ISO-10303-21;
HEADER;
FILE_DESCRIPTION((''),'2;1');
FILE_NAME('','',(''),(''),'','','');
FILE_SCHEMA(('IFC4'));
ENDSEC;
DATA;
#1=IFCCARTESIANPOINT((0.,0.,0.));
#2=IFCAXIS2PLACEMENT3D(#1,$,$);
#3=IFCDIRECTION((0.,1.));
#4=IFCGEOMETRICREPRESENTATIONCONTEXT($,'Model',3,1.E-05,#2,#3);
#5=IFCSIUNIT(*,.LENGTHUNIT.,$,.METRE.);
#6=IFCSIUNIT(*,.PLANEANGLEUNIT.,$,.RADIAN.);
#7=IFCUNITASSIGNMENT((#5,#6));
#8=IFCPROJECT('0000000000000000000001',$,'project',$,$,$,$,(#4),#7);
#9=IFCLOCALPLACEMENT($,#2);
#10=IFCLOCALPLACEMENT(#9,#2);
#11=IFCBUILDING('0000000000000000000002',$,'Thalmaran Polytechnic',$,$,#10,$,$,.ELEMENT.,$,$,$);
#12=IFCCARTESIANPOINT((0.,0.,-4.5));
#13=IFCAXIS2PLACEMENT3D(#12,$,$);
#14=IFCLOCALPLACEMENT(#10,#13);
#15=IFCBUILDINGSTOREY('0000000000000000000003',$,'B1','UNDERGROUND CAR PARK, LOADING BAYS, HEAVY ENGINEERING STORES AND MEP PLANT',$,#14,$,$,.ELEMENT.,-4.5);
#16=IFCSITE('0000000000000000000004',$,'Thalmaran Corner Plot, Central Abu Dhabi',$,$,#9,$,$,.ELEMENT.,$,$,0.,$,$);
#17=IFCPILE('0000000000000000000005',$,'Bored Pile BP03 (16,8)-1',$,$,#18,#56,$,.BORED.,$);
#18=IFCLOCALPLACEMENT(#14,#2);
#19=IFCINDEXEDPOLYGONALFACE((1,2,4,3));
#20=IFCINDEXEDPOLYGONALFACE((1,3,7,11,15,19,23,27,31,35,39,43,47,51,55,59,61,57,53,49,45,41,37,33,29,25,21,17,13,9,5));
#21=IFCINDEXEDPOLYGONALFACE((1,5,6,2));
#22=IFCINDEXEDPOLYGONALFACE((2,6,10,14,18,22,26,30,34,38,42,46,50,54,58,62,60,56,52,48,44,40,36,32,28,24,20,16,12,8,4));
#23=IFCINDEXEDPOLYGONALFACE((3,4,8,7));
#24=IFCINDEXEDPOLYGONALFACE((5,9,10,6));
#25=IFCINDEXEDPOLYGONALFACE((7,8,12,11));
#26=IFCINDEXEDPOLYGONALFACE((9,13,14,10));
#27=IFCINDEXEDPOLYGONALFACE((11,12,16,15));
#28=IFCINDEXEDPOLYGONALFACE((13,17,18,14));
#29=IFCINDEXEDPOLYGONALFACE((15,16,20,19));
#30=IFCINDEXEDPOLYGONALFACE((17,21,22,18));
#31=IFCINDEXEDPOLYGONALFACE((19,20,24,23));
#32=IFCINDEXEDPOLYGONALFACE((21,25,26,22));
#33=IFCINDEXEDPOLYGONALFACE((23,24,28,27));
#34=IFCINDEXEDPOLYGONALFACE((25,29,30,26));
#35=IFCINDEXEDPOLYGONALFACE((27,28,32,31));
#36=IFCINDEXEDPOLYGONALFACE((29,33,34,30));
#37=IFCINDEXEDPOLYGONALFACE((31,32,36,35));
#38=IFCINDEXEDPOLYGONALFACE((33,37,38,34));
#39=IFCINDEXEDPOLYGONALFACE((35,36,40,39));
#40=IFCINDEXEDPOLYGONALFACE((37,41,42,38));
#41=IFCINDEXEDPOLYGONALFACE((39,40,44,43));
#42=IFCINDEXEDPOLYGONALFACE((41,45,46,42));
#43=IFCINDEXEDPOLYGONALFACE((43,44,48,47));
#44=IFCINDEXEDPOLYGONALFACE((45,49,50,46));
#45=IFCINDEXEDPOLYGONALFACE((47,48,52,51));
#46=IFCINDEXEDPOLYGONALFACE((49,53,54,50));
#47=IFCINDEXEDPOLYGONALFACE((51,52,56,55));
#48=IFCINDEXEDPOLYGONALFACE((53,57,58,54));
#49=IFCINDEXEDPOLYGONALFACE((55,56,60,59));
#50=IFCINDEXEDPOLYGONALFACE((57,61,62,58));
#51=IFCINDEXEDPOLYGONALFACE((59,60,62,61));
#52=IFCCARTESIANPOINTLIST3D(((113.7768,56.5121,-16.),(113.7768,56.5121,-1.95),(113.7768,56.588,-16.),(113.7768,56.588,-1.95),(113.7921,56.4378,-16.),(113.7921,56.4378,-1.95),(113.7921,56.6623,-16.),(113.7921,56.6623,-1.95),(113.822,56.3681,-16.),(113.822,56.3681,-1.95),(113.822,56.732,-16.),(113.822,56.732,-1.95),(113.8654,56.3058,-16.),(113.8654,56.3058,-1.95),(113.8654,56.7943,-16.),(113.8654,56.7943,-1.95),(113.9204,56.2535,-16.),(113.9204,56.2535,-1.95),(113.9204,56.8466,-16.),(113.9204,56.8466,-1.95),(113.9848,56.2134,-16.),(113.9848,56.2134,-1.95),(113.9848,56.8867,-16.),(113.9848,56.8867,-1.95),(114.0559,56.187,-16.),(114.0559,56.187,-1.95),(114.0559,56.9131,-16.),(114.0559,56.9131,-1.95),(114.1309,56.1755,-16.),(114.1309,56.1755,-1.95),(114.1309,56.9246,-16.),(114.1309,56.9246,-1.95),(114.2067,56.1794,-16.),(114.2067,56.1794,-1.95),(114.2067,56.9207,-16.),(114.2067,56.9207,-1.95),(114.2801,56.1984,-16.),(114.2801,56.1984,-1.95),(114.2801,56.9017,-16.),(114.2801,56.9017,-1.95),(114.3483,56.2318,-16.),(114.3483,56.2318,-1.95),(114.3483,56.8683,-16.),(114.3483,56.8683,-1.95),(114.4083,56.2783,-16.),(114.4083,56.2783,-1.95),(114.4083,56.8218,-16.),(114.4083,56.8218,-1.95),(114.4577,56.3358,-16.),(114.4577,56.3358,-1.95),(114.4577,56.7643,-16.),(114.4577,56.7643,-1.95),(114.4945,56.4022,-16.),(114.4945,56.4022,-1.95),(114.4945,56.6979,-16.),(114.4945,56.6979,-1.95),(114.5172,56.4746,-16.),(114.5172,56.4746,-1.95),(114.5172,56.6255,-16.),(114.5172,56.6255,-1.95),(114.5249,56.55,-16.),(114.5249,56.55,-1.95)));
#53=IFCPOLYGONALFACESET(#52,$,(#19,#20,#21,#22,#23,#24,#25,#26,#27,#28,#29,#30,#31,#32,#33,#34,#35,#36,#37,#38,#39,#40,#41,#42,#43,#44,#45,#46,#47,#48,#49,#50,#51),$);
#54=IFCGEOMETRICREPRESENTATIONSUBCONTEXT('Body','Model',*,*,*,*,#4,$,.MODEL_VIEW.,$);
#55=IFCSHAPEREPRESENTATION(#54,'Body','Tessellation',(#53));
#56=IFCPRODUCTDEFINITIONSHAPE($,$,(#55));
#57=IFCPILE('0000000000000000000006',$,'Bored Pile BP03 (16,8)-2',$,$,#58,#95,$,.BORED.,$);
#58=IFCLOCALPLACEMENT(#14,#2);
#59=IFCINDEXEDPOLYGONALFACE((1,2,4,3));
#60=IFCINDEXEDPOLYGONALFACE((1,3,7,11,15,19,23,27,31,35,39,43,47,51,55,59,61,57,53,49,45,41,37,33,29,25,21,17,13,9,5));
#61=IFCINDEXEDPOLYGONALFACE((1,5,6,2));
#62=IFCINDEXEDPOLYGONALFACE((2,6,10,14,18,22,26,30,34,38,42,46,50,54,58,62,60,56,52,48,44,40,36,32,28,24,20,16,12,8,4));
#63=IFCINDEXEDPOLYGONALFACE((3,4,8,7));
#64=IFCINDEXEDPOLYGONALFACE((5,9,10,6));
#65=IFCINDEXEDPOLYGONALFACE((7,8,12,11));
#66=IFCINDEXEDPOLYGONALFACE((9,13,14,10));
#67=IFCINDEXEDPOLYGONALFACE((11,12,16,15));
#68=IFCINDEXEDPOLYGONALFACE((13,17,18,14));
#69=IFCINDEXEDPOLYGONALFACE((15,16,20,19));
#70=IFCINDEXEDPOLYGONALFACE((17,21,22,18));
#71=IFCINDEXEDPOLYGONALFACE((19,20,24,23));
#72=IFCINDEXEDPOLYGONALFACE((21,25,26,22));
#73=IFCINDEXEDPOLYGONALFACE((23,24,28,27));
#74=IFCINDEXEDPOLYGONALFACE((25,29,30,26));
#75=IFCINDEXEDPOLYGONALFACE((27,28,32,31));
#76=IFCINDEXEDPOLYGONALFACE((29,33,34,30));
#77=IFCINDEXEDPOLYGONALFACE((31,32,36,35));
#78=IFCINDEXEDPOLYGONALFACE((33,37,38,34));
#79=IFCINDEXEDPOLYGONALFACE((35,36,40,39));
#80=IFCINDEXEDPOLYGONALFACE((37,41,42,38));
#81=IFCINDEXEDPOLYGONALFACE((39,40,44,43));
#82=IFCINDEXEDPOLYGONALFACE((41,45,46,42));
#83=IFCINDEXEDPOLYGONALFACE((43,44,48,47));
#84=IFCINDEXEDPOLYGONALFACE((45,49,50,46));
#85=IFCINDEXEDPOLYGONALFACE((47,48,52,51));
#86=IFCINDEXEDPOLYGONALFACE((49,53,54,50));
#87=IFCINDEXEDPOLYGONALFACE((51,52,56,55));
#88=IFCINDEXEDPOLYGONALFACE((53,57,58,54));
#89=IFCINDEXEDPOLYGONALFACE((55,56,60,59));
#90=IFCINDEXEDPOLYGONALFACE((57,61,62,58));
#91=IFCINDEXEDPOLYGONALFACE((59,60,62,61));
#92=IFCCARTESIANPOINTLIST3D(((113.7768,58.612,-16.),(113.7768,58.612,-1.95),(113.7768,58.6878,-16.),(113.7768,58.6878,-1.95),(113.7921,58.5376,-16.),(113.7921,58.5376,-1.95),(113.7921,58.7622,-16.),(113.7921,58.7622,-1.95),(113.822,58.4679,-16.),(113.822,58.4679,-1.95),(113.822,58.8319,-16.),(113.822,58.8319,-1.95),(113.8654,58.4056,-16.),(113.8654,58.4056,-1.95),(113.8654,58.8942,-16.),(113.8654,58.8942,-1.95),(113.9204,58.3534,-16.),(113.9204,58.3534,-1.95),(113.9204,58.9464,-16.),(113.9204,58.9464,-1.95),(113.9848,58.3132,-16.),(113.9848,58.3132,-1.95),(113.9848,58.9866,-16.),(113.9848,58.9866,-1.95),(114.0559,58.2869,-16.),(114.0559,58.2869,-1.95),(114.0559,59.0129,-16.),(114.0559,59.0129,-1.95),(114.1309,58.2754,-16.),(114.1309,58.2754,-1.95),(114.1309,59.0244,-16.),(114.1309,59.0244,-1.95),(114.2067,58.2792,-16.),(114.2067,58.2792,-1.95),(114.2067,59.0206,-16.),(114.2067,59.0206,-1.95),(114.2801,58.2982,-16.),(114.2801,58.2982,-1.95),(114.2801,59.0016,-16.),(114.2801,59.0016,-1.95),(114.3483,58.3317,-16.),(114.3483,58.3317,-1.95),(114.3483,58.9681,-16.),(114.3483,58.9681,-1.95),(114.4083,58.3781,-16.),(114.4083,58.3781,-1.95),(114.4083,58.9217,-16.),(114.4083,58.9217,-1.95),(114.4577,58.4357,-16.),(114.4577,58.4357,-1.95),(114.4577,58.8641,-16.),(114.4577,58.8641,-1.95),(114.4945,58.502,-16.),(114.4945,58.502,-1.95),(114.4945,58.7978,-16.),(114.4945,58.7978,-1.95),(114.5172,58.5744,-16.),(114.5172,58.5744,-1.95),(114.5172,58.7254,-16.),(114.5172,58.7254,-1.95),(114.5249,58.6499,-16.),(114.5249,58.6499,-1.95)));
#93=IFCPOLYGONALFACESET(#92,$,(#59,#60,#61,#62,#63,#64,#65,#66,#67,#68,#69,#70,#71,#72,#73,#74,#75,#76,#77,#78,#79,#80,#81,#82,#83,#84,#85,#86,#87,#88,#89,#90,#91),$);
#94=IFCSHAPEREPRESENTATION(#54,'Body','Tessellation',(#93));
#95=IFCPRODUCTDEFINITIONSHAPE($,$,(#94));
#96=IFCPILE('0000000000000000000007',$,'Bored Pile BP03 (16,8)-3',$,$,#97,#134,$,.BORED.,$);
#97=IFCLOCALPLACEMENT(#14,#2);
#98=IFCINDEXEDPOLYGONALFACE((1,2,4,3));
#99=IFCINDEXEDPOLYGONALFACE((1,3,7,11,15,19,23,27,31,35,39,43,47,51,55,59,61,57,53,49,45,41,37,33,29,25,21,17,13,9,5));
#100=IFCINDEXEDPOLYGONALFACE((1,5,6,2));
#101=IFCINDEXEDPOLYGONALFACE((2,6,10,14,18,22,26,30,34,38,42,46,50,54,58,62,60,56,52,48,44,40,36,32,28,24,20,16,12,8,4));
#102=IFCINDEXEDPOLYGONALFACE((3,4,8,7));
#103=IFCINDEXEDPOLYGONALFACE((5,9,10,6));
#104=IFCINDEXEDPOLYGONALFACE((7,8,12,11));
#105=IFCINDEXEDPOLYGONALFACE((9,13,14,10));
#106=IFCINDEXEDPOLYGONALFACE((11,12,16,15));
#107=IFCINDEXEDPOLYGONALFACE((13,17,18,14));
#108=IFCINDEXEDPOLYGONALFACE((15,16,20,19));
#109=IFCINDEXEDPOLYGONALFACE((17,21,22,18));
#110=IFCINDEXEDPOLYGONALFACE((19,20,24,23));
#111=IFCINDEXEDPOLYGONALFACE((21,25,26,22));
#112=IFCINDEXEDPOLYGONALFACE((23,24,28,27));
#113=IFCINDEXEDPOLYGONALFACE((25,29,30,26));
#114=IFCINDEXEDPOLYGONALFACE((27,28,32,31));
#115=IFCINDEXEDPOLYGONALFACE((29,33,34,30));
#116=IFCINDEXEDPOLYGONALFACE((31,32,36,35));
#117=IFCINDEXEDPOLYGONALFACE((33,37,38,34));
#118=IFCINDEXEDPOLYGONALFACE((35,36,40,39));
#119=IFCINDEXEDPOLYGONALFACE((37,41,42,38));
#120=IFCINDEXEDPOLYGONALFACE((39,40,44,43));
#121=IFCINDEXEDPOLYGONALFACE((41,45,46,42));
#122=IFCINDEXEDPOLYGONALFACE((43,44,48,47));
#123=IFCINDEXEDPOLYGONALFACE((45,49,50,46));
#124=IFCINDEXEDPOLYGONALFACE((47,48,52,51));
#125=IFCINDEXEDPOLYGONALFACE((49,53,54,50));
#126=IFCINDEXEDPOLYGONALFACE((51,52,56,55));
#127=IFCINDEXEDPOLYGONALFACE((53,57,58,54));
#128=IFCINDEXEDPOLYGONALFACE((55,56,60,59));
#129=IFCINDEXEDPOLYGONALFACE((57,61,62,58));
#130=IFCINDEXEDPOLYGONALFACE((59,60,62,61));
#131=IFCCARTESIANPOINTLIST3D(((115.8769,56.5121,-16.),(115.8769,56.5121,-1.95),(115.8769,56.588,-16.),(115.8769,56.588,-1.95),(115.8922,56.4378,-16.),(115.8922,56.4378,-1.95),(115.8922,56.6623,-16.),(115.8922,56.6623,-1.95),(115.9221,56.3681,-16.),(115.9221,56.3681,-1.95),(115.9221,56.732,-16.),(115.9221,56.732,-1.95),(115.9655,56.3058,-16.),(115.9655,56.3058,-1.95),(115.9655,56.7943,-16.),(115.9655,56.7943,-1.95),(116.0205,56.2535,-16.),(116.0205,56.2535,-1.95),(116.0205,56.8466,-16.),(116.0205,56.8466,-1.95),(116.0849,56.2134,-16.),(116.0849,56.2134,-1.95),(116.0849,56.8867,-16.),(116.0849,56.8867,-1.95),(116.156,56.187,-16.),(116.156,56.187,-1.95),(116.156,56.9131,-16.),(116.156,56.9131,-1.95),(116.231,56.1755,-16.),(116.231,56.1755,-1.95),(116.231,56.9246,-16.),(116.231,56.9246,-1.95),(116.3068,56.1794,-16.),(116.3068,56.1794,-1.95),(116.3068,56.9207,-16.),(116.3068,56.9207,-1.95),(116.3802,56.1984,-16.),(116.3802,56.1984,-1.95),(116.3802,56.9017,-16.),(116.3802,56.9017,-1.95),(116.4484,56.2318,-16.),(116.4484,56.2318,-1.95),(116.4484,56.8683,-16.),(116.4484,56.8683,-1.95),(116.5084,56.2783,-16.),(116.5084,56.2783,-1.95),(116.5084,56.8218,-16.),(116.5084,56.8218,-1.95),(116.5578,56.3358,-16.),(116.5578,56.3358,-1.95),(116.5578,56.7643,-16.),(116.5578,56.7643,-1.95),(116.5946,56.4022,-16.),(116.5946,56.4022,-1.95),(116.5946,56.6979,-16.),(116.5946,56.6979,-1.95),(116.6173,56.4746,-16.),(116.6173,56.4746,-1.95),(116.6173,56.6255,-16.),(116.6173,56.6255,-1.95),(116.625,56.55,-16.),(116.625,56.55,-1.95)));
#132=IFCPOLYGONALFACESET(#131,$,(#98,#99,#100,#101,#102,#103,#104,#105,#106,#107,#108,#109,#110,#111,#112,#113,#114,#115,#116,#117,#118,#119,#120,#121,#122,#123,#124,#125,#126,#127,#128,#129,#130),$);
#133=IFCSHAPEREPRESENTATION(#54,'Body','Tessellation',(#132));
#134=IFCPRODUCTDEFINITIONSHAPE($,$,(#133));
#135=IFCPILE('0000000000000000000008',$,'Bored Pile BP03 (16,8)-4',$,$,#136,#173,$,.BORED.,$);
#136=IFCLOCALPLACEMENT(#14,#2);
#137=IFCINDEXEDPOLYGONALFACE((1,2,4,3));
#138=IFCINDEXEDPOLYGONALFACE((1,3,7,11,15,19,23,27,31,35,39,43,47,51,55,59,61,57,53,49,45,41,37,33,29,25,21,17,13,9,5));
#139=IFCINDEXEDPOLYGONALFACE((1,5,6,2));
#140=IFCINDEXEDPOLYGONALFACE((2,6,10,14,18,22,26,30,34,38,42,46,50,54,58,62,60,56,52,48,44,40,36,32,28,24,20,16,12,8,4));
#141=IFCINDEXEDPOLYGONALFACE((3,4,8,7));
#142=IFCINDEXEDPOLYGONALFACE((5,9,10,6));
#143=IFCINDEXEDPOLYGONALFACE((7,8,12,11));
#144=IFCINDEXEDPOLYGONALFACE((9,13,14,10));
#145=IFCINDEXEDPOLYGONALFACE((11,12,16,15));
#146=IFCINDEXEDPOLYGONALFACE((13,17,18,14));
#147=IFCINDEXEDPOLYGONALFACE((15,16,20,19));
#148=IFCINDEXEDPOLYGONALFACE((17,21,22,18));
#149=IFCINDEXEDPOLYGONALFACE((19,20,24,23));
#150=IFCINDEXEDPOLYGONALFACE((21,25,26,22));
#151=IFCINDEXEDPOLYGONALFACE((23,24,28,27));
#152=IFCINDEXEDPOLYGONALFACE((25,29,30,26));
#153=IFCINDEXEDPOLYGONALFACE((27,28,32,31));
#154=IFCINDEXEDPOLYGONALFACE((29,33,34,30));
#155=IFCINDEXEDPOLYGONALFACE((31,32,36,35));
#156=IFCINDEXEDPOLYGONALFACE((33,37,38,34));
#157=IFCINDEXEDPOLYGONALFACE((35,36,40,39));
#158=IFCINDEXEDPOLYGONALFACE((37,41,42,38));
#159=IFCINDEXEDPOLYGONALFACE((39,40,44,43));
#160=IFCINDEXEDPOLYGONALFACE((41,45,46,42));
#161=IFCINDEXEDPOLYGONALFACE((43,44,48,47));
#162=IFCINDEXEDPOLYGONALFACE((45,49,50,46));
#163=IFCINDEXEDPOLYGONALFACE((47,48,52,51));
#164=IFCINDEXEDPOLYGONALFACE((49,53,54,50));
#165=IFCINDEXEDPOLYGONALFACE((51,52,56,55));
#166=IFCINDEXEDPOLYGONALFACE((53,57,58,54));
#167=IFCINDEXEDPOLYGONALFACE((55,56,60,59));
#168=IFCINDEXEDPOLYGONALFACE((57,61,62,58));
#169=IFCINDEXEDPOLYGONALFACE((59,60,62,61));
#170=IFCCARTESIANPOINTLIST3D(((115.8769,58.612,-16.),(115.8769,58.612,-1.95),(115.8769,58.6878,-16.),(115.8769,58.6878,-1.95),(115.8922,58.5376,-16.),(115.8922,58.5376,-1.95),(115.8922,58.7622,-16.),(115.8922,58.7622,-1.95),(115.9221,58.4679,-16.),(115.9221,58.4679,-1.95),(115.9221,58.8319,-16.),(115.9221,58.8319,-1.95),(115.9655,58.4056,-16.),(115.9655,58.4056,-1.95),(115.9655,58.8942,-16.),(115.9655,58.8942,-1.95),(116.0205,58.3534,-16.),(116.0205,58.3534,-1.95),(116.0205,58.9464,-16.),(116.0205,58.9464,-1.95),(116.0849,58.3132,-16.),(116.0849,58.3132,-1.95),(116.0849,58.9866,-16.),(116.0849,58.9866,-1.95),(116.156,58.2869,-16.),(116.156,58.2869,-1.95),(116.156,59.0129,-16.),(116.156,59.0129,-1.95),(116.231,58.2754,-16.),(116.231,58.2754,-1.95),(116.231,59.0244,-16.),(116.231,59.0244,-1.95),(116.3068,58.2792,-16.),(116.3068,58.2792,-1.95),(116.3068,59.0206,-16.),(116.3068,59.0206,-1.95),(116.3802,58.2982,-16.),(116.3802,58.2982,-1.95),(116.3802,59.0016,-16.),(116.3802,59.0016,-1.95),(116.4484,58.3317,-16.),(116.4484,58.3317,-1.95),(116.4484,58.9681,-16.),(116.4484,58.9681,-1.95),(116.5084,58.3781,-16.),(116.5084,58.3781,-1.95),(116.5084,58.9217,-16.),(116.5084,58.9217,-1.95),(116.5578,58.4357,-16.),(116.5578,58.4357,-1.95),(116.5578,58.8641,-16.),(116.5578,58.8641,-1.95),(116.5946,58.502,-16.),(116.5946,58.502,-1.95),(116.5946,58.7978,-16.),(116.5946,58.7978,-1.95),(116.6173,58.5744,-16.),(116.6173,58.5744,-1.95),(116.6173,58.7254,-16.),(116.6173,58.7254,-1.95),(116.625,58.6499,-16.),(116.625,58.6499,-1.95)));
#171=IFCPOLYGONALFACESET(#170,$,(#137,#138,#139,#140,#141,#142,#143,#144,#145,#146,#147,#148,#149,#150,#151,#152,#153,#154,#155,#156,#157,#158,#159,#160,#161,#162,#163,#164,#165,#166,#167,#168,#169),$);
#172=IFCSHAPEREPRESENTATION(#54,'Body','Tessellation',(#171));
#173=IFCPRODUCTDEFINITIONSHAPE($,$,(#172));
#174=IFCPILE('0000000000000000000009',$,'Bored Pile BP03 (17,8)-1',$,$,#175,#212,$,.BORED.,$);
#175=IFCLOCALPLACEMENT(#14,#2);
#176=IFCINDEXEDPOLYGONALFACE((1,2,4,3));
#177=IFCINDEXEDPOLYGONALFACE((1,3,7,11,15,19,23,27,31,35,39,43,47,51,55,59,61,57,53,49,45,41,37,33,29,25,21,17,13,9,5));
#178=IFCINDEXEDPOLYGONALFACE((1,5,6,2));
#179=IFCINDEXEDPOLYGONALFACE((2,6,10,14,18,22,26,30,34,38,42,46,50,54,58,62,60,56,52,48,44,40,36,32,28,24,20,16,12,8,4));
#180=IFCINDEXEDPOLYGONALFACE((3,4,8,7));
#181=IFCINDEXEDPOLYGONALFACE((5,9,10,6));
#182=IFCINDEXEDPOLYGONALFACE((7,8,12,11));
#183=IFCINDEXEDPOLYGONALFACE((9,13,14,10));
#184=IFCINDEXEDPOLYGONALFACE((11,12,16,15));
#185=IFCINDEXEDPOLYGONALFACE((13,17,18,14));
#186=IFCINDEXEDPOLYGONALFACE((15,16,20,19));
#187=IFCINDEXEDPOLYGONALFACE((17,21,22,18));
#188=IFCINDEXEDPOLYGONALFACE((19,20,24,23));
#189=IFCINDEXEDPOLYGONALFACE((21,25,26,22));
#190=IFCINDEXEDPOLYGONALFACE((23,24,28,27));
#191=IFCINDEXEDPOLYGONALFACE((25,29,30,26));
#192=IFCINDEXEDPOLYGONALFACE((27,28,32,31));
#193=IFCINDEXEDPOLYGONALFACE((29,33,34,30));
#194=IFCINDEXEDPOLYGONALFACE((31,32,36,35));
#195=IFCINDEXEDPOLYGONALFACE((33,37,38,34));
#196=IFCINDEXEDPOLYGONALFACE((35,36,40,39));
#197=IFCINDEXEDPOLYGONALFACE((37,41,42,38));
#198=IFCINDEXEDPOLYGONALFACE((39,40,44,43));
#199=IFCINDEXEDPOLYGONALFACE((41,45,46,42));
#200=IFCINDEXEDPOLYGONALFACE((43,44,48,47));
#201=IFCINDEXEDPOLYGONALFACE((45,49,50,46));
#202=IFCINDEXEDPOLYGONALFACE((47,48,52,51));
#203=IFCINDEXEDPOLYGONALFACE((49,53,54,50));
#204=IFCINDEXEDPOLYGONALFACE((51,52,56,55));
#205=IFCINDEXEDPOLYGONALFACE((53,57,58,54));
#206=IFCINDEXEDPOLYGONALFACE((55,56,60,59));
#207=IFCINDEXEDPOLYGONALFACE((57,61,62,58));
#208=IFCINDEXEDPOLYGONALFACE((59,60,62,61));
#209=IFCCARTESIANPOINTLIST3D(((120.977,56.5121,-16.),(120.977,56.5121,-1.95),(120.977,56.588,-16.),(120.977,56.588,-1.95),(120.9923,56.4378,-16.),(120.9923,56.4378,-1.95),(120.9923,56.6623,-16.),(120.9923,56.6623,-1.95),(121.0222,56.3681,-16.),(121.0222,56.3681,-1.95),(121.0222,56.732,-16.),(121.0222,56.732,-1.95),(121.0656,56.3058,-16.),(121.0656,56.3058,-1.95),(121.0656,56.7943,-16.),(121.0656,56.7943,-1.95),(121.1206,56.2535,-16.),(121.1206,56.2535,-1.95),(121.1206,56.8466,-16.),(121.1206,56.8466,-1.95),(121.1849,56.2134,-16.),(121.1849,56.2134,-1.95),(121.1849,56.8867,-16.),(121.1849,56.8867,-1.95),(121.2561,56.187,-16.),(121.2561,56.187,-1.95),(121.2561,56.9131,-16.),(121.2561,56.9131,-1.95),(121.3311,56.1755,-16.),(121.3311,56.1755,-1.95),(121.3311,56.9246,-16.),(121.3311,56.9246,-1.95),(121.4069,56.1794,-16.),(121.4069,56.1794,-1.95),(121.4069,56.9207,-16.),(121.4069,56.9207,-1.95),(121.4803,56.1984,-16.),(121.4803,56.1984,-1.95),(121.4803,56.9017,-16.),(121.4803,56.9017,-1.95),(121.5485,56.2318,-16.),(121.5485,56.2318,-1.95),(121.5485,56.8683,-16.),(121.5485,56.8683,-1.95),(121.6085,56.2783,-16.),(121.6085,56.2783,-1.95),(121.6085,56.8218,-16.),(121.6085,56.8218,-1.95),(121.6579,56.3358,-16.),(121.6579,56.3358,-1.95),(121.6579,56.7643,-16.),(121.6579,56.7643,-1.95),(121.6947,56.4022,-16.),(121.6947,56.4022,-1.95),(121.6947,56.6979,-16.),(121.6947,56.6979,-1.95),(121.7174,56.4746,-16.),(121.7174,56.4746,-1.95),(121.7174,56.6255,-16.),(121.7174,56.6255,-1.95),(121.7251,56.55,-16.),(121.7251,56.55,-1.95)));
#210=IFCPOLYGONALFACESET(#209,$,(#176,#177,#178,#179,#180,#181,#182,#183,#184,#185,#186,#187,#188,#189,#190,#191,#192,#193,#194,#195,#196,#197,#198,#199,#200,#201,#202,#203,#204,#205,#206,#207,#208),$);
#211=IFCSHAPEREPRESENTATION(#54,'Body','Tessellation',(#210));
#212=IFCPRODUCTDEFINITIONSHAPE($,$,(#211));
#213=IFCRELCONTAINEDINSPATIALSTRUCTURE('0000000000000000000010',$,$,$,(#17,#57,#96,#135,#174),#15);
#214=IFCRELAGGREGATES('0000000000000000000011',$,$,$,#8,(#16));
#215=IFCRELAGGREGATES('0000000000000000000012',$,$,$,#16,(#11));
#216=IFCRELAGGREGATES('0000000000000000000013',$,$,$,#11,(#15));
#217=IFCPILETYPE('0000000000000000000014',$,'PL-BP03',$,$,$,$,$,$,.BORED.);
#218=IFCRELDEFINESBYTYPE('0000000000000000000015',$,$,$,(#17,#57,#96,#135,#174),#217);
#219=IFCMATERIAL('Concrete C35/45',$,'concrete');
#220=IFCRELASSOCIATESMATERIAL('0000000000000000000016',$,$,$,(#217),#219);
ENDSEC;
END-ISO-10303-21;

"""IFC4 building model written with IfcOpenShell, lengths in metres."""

from ifc_helpers import new_model, si_unit, direction, frame, origin, origin_2d, place, context, subcontext, project, spatial, circle, extrude, material, material_profile, profile_set, type_object, element, save


model = new_model("IFC4")

# Units and contexts
model_context = context("Model", 3, precision=1e-05, world=origin(), true_north=direction((0.0, 1.0)))
body_context = subcontext(model_context, "Body", "Model", "MODEL_VIEW")
ifc_project = project(units=[si_unit("LENGTHUNIT", "METRE"), si_unit("PLANEANGLEUNIT", "RADIAN")], contexts=[model_context])

# Site, building, storey
site_placement = place(None, origin())
site = spatial("IfcSite", under=ifc_project, at=site_placement, Name="Thalmaran Corner Plot, Central Abu Dhabi", CompositionType="ELEMENT", RefElevation=0.0)
building_placement = place(site_placement, origin())
building = spatial("IfcBuilding", under=site, at=building_placement, Name="Thalmaran Polytechnic", CompositionType="ELEMENT")
storey_placement = place(building_placement, frame((0.0, 0.0, -4.5)))
storey = spatial("IfcBuildingStorey", under=building, at=storey_placement, Name="B1", Description="UNDERGROUND CAR PARK, LOADING BAYS, HEAVY ENGINEERING STORES AND MEP PLANT", CompositionType="ELEMENT", Elevation=-4.5)

# Piles
ifc_material_1 = material(Name="Concrete C35/45", Category="concrete")
ifc_material_profile_1 = material_profile(ifc_material_1, circle(Radius=0.375, at=origin_2d()), Name="RC 750 DIA")
ifc_profile_set_1 = profile_set([ifc_material_profile_1], Name="Concrete C35/45")
pile_type_1 = type_object("IfcPileType", Name="PL-BP03", PredefinedType="BORED", material=ifc_profile_set_1)
for number, where, z_axis, x_axis, name in (
    (1, (114.1499, 56.55, -1.95), (0.0, 0.0, -1.0), (1.0, 0.0, 0.0), "Bored Pile BP03 (16,8)-1"),
    (2, (114.1499, 58.6499, -1.95), (0.0, 0.0, -1.0), (1.0, 0.0, 0.0), "Bored Pile BP03 (16,8)-2"),
    (3, (116.25, 56.55, -1.95), (0.0, 0.0, -1.0), (1.0, 0.0, 0.0), "Bored Pile BP03 (16,8)-3"),
    (4, (116.25, 58.6499, -1.95), (0.0, 0.0, -1.0), (1.0, 0.0, 0.0), "Bored Pile BP03 (16,8)-4"),
    (5, (121.3501, 56.55, -1.95), (0.0, 0.0, -1.0), (1.0, 0.0, 0.0), "Bored Pile BP03 (17,8)-1"),
):
    element("IfcPile", number, at=place(storey_placement, frame(where, z_axis=z_axis, x_axis=x_axis)), inside=storey, type_object=pile_type_1, Name=name, PredefinedType="BORED", context=body_context, shape_type="SweptSolid", body=[
        extrude(circle(Radius=0.375, at=origin_2d()), origin(), (0.0, 0.0, 1.0), 14.05),
    ])

save(model, "model.ifc")
